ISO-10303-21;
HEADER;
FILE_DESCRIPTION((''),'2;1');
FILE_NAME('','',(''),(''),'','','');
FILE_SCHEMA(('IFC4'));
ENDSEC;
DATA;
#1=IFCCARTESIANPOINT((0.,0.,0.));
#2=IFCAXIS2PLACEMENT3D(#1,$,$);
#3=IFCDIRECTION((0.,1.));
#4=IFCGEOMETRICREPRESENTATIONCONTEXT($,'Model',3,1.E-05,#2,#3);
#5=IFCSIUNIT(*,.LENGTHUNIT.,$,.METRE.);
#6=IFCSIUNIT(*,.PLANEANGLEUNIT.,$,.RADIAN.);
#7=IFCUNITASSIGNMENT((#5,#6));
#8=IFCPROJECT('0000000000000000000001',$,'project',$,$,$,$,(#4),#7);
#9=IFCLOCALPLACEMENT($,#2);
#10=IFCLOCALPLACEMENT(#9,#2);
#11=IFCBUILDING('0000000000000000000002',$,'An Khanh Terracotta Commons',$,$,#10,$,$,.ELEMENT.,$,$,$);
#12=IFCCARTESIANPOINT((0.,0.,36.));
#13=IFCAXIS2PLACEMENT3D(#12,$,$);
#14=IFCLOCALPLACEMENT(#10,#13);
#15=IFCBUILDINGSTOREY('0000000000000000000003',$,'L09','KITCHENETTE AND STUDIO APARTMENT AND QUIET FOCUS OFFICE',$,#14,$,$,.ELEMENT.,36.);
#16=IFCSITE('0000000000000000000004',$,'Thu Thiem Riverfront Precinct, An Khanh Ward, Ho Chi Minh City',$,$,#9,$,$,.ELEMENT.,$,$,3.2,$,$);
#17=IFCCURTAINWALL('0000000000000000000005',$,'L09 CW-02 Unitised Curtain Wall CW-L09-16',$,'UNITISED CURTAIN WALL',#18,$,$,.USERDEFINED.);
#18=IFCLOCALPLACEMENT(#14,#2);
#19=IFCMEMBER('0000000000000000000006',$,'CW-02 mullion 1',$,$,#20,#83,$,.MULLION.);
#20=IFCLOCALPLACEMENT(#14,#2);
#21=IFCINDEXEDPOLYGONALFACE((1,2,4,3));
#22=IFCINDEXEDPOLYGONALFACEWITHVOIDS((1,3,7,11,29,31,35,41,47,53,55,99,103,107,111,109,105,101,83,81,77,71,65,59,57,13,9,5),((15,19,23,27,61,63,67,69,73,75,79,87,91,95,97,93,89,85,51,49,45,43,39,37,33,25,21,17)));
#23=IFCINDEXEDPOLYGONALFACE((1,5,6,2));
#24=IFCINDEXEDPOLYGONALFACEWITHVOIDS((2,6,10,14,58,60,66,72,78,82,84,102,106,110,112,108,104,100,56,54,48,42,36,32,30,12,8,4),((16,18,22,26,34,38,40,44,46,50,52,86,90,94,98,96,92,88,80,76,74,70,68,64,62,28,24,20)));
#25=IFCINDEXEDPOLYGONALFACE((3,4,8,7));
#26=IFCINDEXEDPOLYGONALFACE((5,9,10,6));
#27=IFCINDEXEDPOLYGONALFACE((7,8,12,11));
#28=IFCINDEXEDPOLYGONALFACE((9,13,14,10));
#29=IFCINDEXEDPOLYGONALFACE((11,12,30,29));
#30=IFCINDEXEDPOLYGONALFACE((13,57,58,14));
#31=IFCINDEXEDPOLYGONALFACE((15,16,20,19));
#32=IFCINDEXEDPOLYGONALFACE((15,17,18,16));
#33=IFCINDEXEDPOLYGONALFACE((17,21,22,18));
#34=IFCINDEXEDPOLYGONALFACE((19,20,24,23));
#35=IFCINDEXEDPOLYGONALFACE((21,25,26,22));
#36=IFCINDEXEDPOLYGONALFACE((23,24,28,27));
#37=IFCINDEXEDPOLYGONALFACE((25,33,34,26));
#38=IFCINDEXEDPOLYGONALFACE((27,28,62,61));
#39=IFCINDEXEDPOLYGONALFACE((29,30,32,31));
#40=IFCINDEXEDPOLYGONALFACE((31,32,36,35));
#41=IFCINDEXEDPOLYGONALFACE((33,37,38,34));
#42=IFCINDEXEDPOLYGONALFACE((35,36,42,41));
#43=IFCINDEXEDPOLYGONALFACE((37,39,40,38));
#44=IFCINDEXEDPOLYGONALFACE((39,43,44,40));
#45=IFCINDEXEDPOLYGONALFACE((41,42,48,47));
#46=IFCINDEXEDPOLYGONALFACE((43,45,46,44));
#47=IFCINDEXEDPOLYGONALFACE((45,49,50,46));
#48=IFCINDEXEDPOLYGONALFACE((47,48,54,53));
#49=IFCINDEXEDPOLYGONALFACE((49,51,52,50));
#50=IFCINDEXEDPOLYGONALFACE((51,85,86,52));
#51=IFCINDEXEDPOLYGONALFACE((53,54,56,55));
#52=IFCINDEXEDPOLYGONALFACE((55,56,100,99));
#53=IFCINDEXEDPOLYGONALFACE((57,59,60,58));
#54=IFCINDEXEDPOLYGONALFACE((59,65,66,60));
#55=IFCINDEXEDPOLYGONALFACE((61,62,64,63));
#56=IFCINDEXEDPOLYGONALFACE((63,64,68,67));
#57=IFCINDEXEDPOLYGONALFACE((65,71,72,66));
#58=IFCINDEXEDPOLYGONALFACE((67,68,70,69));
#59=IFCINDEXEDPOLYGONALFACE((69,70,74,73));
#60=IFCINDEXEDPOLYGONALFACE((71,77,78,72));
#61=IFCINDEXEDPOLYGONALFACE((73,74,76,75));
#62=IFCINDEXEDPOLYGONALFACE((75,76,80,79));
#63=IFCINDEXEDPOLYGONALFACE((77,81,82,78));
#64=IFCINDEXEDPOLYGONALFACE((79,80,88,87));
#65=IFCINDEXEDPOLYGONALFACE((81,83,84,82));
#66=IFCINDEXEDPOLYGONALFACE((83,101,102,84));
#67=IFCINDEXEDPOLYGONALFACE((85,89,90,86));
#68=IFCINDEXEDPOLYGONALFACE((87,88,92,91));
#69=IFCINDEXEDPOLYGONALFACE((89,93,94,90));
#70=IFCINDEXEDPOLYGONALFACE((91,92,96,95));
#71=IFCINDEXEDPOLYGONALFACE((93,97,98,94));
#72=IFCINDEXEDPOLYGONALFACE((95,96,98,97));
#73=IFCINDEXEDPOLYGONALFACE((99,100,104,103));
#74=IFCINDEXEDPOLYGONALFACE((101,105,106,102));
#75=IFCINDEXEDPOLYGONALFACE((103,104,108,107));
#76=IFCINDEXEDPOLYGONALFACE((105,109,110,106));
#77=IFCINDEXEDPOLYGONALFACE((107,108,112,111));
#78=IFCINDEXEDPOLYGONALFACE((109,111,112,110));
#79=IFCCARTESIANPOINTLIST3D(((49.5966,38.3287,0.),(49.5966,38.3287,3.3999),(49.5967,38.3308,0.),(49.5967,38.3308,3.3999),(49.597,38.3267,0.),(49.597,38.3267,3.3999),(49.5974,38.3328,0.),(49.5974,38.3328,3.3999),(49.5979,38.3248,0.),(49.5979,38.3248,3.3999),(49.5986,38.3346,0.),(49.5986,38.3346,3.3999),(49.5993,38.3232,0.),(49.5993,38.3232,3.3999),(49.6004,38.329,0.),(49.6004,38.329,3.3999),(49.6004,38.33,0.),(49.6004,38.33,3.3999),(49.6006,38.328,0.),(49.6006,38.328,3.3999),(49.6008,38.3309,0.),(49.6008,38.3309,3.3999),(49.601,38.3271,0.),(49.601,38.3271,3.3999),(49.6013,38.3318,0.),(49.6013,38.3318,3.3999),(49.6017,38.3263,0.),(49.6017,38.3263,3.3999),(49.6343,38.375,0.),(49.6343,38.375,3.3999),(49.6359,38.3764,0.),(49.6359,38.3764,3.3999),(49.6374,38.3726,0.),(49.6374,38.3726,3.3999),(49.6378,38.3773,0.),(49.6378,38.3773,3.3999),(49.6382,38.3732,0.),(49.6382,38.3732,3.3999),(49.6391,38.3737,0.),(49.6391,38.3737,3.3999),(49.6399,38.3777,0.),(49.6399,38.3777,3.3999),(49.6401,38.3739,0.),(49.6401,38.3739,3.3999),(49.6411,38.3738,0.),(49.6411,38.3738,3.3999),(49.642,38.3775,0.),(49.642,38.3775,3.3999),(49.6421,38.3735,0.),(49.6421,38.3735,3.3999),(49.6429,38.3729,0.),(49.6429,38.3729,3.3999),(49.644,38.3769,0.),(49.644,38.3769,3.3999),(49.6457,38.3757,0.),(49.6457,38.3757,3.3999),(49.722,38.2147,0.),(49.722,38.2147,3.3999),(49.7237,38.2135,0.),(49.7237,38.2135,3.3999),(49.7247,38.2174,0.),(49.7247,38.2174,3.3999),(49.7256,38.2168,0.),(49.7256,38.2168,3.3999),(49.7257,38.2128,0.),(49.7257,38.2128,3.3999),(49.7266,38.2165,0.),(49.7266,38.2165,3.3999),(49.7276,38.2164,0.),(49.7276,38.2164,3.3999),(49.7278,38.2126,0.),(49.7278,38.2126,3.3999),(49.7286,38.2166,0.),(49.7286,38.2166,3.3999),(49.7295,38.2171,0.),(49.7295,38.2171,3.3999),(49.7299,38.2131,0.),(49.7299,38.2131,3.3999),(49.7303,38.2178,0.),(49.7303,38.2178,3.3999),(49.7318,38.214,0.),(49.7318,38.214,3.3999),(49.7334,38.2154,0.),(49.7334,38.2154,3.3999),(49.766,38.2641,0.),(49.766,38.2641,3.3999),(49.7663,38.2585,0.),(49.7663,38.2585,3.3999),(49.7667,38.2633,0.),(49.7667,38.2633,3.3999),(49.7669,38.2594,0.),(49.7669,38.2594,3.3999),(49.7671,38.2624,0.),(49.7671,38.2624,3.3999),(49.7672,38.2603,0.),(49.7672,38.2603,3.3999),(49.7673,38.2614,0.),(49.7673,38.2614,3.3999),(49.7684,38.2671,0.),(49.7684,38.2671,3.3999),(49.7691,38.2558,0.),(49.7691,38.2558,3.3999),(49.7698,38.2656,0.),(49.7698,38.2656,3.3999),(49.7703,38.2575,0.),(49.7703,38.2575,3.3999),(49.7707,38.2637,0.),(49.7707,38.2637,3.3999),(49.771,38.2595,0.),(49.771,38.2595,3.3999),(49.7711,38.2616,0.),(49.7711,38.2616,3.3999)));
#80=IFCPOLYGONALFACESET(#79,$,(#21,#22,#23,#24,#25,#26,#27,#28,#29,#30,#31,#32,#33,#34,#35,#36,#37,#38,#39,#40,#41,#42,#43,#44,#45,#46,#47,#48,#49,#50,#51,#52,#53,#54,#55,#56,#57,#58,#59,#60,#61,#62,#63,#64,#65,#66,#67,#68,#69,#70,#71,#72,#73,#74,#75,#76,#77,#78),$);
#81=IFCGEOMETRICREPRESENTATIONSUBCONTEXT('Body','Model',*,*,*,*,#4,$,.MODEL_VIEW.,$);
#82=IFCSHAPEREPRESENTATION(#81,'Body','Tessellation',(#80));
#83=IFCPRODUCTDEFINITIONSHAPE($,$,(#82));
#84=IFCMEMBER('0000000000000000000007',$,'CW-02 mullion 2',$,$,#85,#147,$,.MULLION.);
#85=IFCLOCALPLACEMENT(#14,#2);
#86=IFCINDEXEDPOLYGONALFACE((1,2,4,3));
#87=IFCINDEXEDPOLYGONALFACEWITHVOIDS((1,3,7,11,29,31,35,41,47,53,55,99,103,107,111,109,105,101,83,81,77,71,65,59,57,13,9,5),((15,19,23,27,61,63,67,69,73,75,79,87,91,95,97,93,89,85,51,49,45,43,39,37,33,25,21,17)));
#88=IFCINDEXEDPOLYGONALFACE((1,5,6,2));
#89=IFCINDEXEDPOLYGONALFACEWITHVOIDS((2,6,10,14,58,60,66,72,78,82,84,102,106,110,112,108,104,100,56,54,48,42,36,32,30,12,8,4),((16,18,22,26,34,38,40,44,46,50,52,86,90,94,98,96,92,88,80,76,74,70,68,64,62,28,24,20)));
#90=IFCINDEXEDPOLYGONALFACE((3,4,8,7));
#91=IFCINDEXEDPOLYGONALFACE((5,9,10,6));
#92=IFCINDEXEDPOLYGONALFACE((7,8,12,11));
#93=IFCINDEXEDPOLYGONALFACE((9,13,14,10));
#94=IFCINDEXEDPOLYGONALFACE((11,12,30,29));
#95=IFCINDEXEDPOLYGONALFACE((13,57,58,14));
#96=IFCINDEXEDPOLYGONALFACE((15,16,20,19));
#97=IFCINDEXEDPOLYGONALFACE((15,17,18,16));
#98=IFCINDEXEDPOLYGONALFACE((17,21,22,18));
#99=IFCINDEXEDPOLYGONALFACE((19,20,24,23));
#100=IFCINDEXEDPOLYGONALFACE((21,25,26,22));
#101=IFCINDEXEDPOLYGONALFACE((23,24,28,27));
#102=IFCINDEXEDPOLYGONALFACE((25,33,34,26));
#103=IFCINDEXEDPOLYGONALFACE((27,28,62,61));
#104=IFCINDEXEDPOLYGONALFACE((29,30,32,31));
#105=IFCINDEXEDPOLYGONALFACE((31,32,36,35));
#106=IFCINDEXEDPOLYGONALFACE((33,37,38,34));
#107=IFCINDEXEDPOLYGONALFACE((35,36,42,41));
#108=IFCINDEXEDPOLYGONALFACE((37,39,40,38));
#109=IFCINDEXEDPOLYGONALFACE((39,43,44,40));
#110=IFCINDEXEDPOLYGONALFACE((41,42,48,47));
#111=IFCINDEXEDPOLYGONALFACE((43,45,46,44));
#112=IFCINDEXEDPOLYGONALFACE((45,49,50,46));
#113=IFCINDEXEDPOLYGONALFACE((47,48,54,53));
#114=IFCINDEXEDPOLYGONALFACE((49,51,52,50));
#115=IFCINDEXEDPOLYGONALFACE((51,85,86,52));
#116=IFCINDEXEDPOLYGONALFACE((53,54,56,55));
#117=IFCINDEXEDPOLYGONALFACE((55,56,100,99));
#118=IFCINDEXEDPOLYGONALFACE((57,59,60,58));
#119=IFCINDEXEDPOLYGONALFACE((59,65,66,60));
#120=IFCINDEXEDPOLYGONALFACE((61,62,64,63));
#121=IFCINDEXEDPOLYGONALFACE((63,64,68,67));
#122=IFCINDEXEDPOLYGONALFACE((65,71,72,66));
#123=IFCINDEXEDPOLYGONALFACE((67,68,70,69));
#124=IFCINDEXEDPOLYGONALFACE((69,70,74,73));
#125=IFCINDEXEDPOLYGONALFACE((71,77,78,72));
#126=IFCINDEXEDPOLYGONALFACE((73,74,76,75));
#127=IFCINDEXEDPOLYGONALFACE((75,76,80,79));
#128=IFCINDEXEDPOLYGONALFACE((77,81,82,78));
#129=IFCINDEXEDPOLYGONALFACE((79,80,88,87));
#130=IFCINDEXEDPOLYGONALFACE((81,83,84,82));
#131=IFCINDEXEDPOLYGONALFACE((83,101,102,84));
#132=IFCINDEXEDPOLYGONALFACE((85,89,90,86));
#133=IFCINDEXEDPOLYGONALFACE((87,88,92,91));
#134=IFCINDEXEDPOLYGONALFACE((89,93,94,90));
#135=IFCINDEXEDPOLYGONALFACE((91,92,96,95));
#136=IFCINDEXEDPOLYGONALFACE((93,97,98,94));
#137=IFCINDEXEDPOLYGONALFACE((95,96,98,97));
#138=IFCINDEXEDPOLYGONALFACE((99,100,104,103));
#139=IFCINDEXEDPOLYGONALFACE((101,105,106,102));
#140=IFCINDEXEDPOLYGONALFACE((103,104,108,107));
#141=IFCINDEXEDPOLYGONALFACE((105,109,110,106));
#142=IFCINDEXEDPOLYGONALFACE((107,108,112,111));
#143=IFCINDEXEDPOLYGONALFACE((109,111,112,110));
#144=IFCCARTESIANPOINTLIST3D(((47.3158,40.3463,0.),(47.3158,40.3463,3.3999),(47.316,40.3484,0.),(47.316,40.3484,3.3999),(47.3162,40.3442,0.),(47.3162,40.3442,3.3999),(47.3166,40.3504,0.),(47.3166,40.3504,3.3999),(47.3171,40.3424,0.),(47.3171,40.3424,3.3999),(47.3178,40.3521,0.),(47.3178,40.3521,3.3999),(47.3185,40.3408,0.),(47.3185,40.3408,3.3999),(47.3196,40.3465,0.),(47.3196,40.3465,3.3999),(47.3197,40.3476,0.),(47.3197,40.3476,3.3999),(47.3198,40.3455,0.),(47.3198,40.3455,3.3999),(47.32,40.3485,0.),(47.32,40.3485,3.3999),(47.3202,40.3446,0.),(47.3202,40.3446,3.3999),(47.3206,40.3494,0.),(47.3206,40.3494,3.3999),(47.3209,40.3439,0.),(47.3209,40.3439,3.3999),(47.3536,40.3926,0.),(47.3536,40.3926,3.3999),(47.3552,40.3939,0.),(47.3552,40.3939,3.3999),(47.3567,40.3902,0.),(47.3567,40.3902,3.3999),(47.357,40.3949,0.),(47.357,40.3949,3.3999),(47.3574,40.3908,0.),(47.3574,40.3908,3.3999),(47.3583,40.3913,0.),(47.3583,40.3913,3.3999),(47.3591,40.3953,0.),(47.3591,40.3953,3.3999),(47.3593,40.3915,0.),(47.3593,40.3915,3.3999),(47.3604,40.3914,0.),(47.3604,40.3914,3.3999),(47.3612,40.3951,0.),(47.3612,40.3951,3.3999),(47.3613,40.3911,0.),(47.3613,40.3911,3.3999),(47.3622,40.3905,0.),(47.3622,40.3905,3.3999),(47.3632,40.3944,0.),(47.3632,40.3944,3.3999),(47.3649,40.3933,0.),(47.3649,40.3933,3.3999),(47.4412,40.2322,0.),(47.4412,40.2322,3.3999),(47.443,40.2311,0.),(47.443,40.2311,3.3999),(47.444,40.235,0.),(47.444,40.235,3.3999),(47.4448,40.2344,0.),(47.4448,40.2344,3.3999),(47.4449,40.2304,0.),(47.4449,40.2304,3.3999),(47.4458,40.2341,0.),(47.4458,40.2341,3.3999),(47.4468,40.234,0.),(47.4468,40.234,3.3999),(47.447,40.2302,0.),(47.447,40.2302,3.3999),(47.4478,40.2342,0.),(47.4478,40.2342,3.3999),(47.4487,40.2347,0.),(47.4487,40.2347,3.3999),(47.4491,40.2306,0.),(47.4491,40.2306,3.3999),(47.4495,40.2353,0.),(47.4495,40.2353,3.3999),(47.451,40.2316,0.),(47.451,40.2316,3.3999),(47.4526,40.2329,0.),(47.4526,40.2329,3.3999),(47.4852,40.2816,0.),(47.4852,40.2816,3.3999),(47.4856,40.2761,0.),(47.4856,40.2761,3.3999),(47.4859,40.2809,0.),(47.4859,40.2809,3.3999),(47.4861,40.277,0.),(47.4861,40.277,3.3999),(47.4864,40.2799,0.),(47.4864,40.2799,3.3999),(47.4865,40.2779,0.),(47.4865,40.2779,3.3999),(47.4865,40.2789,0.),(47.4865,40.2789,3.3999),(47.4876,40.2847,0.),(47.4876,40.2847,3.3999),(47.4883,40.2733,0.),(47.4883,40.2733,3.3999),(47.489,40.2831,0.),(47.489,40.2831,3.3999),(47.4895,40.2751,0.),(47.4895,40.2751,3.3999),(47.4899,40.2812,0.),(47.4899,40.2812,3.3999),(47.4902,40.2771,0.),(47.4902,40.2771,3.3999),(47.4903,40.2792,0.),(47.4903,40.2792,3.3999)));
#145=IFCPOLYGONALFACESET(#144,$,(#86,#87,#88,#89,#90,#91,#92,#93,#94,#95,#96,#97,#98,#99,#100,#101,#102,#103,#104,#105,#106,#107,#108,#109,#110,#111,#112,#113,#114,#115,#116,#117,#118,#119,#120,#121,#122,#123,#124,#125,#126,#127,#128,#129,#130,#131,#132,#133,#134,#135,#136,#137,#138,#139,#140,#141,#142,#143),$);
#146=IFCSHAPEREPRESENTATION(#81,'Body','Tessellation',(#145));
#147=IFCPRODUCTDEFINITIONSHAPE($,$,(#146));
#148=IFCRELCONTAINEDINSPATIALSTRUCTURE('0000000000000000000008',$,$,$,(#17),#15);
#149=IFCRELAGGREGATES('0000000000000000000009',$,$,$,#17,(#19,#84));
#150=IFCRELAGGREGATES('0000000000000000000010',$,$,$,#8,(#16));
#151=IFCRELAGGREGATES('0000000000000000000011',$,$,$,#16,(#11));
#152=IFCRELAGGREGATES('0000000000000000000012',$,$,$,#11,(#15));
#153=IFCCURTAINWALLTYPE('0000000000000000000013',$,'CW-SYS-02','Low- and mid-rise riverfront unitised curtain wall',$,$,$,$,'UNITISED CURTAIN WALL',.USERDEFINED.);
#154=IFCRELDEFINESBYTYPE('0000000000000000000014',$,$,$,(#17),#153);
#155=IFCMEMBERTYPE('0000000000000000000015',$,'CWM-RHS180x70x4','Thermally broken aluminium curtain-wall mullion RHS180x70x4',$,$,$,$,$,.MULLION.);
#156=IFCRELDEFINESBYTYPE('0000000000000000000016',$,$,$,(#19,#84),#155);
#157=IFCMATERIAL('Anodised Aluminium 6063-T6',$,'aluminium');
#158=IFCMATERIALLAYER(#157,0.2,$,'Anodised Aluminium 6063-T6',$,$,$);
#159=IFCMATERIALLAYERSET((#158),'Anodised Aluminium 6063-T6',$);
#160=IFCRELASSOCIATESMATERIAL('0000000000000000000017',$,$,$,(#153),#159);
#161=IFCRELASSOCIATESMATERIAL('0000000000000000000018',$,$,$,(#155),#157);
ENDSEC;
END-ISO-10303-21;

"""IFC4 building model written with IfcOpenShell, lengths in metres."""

from ifc_helpers import new_model, si_unit, direction, frame, origin, origin_2d, place, context, subcontext, project, spatial, hollow_rectangle, extrude, material, layer, layer_set, material_profile, profile_set, type_object, element, aggregate, save


model = new_model("IFC4")

# Units and contexts
model_context = context("Model", 3, precision=1e-05, world=origin(), true_north=direction((0.0, 1.0)))
body_context = subcontext(model_context, "Body", "Model", "MODEL_VIEW")
ifc_project = project(units=[si_unit("LENGTHUNIT", "METRE"), si_unit("PLANEANGLEUNIT", "RADIAN")], contexts=[model_context])

# Site, building, storey
site_placement = place(None, origin())
site = spatial("IfcSite", under=ifc_project, at=site_placement, Name="Thu Thiem Riverfront Precinct, An Khanh Ward, Ho Chi Minh City", CompositionType="ELEMENT", RefElevation=3.2)
building_placement = place(site_placement, origin())
building = spatial("IfcBuilding", under=site, at=building_placement, Name="An Khanh Terracotta Commons", CompositionType="ELEMENT")
storey_placement = place(building_placement, frame((0.0, 0.0, 36.0)))
storey = spatial("IfcBuildingStorey", under=building, at=storey_placement, Name="L09", Description="KITCHENETTE AND STUDIO APARTMENT AND QUIET FOCUS OFFICE", CompositionType="ELEMENT", Elevation=36.0)

# Curtain wall, members
ifc_material_1 = material(Name="Anodised Aluminium 6063-T6", Category="aluminium")
ifc_layer_1 = layer(ifc_material_1, 0.2, Name="Anodised Aluminium 6063-T6")
ifc_layer_set_1 = layer_set([ifc_layer_1], Name="Anodised Aluminium 6063-T6")
curtain_wall_type = type_object("IfcCurtainWallType", Name="CW-SYS-02", Description="Low- and mid-rise riverfront unitised curtain wall", ElementType="UNITISED CURTAIN WALL", PredefinedType="USERDEFINED", material=ifc_layer_set_1)
curtain_wall_placement = place(storey_placement, origin())
curtain_wall = element("IfcCurtainWall", 1, at=curtain_wall_placement, inside=storey, type_object=curtain_wall_type, Name="L09 CW-02 Unitised Curtain Wall CW-L09-16", ObjectType="UNITISED CURTAIN WALL", PredefinedType="USERDEFINED")
ifc_material_profile_1 = material_profile(ifc_material_1, hollow_rectangle(XDim=0.0701, YDim=0.1799, WallThickness=0.0039, InnerFilletRadius=0.0039, OuterFilletRadius=0.0081, at=origin_2d()), Name="RHS180x70x4")
ifc_profile_set_1 = profile_set([ifc_material_profile_1], Name="Anodised Aluminium 6063-T6")
member_type_1 = type_object("IfcMemberType", Name="CWM-RHS180x70x4", Description="Thermally broken aluminium curtain-wall mullion RHS180x70x4", PredefinedType="MULLION", material=ifc_profile_set_1)
member_1_placement = place(storey_placement, frame((49.6838, 38.2952, 0.0), z_axis=(0.0, 0.0, 1.0), x_axis=(-0.662548, -0.749019, 0.0)))
member_1 = element("IfcMember", 2, at=member_1_placement, type_object=member_type_1, Name="CW-02 mullion 1", PredefinedType="MULLION", context=body_context, shape_type="SweptSolid", body=[
    extrude(hollow_rectangle(XDim=0.0701, YDim=0.1799, WallThickness=0.0039, InnerFilletRadius=0.0039, OuterFilletRadius=0.0081, at=origin_2d()), origin(), (0.0, 0.0, 1.0), 3.3999),
])
member_2_placement = place(storey_placement, frame((47.4031, 40.3127, 0.0), z_axis=(0.0, 0.0, 1.0), x_axis=(-0.662548, -0.749019, 0.0)))
member_2 = element("IfcMember", 3, at=member_2_placement, type_object=member_type_1, Name="CW-02 mullion 2", PredefinedType="MULLION", context=body_context, shape_type="SweptSolid", body=[
    extrude(hollow_rectangle(XDim=0.0701, YDim=0.1799, WallThickness=0.0039, InnerFilletRadius=0.0039, OuterFilletRadius=0.0081, at=origin_2d()), origin(), (0.0, 0.0, 1.0), 3.3999),
])
aggregate(curtain_wall, [member_1, member_2])

save(model, "model.ifc")
